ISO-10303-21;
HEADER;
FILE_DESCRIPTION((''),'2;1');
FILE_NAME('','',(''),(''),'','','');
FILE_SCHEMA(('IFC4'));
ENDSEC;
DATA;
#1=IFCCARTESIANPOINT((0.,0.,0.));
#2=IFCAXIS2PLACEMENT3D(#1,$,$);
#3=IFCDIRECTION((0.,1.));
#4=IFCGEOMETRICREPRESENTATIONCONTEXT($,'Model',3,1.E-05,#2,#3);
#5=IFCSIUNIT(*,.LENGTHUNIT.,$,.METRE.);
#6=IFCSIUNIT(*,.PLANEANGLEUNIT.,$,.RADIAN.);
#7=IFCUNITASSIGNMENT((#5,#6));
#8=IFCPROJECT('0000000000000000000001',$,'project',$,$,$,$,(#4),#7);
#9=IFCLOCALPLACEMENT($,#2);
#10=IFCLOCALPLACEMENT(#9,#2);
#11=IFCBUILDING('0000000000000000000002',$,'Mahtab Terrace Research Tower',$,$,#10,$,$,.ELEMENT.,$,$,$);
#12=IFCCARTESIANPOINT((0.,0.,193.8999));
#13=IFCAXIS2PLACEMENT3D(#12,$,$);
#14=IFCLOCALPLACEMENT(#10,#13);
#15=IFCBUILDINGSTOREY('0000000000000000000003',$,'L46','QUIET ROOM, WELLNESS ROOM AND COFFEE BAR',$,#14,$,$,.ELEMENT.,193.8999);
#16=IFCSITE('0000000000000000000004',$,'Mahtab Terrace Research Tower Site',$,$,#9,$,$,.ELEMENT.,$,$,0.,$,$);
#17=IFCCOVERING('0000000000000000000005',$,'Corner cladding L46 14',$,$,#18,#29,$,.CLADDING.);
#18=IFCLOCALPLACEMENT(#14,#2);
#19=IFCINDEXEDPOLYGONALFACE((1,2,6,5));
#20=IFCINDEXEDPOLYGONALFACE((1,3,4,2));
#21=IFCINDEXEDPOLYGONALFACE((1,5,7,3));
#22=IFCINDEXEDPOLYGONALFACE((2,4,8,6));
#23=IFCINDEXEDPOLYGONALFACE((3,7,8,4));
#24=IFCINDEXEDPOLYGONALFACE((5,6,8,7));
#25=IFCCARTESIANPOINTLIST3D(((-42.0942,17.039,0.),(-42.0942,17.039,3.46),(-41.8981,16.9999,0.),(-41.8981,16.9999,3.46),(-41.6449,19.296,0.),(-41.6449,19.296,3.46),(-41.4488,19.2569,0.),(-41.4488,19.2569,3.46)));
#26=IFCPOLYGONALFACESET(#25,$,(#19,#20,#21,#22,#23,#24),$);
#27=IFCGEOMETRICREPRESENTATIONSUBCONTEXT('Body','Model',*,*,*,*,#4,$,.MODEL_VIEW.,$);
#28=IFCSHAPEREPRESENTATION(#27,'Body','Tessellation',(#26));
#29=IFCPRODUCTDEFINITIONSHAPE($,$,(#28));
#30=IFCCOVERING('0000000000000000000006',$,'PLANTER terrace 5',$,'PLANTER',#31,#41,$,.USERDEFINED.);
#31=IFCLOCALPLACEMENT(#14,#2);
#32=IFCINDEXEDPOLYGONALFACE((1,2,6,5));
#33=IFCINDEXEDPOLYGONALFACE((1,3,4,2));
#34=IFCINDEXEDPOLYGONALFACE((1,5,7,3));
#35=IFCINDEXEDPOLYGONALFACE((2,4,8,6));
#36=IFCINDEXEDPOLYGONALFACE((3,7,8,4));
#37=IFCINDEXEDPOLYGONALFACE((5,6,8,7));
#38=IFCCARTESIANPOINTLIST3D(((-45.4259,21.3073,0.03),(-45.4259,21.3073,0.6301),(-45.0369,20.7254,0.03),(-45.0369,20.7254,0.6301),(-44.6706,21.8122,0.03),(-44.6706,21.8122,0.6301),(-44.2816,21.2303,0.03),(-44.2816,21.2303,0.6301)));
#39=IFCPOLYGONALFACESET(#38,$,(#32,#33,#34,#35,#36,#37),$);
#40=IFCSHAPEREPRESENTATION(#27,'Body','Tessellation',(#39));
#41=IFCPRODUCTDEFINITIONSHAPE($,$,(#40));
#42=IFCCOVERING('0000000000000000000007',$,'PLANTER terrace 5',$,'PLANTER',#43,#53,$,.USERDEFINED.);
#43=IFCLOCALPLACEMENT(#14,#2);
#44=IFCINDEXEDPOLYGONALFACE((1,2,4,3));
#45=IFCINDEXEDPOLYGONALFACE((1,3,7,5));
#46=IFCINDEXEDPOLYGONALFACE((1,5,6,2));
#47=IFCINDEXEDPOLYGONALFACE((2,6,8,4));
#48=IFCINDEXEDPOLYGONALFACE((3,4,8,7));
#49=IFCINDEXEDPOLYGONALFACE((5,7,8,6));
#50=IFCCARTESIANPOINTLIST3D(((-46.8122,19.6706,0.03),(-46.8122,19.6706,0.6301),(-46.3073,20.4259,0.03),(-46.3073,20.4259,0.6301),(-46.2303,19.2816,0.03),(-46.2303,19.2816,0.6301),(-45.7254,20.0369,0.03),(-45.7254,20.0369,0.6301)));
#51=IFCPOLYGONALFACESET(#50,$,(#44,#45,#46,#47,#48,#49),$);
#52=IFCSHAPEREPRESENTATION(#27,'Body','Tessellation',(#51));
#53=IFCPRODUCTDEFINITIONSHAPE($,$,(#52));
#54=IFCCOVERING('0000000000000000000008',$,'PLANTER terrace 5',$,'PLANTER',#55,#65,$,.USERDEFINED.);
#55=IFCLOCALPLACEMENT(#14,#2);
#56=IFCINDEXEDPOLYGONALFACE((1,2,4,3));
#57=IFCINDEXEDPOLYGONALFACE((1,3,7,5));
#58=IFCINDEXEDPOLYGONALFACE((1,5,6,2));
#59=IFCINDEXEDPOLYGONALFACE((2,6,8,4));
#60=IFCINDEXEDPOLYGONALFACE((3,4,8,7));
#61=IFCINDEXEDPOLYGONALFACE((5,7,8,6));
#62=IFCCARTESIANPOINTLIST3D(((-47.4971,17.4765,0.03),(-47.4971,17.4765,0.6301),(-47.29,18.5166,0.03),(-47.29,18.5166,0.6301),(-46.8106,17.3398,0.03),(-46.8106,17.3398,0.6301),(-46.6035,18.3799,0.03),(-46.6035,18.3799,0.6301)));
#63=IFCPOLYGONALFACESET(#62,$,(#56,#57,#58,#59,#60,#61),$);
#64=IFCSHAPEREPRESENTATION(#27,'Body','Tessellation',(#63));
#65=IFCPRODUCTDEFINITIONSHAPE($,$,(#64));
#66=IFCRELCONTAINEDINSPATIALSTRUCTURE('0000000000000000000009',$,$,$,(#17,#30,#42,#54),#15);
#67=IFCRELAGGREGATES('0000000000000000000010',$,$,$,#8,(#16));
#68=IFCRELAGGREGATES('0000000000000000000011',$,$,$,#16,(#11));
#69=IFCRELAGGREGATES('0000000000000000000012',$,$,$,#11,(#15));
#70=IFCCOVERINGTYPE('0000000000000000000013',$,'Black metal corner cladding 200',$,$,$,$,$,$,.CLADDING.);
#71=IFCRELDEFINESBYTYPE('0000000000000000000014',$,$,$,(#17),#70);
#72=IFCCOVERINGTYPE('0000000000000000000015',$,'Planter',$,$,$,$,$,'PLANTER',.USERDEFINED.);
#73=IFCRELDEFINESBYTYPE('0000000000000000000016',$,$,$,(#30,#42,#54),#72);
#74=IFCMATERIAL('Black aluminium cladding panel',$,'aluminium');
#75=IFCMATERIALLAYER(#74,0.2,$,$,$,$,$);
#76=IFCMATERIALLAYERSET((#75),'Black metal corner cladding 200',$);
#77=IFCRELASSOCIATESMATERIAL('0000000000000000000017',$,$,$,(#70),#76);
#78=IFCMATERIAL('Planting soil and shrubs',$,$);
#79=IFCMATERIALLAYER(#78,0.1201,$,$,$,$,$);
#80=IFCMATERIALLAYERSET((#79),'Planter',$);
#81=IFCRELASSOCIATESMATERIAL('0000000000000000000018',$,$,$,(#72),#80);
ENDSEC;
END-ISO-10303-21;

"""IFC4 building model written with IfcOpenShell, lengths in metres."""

from ifc_helpers import new_model, si_unit, direction, frame, origin, origin_2d, place, context, subcontext, project, spatial, rectangle, extrude, material, layer, layer_set, type_object, element, save


model = new_model("IFC4")

# Units and contexts
model_context = context("Model", 3, precision=1e-05, world=origin(), true_north=direction((0.0, 1.0)))
body_context = subcontext(model_context, "Body", "Model", "MODEL_VIEW")
ifc_project = project(units=[si_unit("LENGTHUNIT", "METRE"), si_unit("PLANEANGLEUNIT", "RADIAN")], contexts=[model_context])

# Site, building, storey
site_placement = place(None, origin())
site = spatial("IfcSite", under=ifc_project, at=site_placement, Name="Mahtab Terrace Research Tower Site", CompositionType="ELEMENT", RefElevation=0.0)
building_placement = place(site_placement, origin())
building = spatial("IfcBuilding", under=site, at=building_placement, Name="Mahtab Terrace Research Tower", CompositionType="ELEMENT")
storey_placement = place(building_placement, frame((0.0, 0.0, 193.8999)))
storey = spatial("IfcBuildingStorey", under=building, at=storey_placement, Name="L46", Description="QUIET ROOM, WELLNESS ROOM AND COFFEE BAR", CompositionType="ELEMENT", Elevation=193.8999)

# Coverings
ifc_material_1 = material(Name="Black aluminium cladding panel", Category="aluminium")
ifc_layer_1 = layer(ifc_material_1, 0.2)
ifc_layer_set_1 = layer_set([ifc_layer_1], Name="Black metal corner cladding 200")
covering_type_1 = type_object("IfcCoveringType", Name="Black metal corner cladding 200", PredefinedType="CLADDING", material=ifc_layer_set_1)
covering_1_placement = place(storey_placement, frame((-41.7715, 18.1479, 0.0), z_axis=(0.0, 0.0, 1.0), x_axis=(-0.195212, -0.980761, 0.0)))
element("IfcCovering", 1, at=covering_1_placement, inside=storey, type_object=covering_type_1, Name="Corner cladding L46 14", PredefinedType="CLADDING", context=body_context, shape_type="SweptSolid", body=[
    extrude(rectangle(XDim=2.3013, YDim=0.2, at=origin_2d()), origin(), (0.0, 0.0, 1.0), 3.46),
])
ifc_material_2 = material(Name="Planting soil and shrubs")
ifc_layer_2 = layer(ifc_material_2, 0.1201)
ifc_layer_set_2 = layer_set([ifc_layer_2], Name="Planter")
covering_type_2 = type_object("IfcCoveringType", Name="Planter", ElementType="PLANTER", PredefinedType="USERDEFINED", material=ifc_layer_set_2)
for number, where, z_axis, x_axis, name in (
    (2, (-44.8538, 21.2688, 0.03), (0.0, 0.0, 1.0), (-0.831344, -0.555757, 0.0), "PLANTER terrace 5"),
    (3, (-46.2688, 19.8538, 0.03), (0.0, 0.0, 1.0), (-0.555757, -0.831344, 0.0), "PLANTER terrace 5"),
):
    element("IfcCovering", number, at=place(storey_placement, frame(where, z_axis=z_axis, x_axis=x_axis)), inside=storey, type_object=covering_type_2, Name=name, ObjectType="PLANTER", PredefinedType="USERDEFINED", context=body_context, shape_type="SweptSolid", body=[
        extrude(rectangle(XDim=0.9084, YDim=0.7, at=origin_2d()), origin(), (0.0, 0.0, 1.0), 0.6001),
    ])
covering_2_placement = place(storey_placement, frame((-47.0503, 17.9282, 0.03), z_axis=(0.0, 0.0, 1.0), x_axis=(-0.195304, -0.980743, 0.0)))
element("IfcCovering", 4, at=covering_2_placement, inside=storey, type_object=covering_type_2, Name="PLANTER terrace 5", ObjectType="PLANTER", PredefinedType="USERDEFINED", context=body_context, shape_type="SweptSolid", body=[
    extrude(rectangle(XDim=1.0605, YDim=0.7, at=origin_2d()), origin(), (0.0, 0.0, 1.0), 0.6001),
])

save(model, "model.ifc")
